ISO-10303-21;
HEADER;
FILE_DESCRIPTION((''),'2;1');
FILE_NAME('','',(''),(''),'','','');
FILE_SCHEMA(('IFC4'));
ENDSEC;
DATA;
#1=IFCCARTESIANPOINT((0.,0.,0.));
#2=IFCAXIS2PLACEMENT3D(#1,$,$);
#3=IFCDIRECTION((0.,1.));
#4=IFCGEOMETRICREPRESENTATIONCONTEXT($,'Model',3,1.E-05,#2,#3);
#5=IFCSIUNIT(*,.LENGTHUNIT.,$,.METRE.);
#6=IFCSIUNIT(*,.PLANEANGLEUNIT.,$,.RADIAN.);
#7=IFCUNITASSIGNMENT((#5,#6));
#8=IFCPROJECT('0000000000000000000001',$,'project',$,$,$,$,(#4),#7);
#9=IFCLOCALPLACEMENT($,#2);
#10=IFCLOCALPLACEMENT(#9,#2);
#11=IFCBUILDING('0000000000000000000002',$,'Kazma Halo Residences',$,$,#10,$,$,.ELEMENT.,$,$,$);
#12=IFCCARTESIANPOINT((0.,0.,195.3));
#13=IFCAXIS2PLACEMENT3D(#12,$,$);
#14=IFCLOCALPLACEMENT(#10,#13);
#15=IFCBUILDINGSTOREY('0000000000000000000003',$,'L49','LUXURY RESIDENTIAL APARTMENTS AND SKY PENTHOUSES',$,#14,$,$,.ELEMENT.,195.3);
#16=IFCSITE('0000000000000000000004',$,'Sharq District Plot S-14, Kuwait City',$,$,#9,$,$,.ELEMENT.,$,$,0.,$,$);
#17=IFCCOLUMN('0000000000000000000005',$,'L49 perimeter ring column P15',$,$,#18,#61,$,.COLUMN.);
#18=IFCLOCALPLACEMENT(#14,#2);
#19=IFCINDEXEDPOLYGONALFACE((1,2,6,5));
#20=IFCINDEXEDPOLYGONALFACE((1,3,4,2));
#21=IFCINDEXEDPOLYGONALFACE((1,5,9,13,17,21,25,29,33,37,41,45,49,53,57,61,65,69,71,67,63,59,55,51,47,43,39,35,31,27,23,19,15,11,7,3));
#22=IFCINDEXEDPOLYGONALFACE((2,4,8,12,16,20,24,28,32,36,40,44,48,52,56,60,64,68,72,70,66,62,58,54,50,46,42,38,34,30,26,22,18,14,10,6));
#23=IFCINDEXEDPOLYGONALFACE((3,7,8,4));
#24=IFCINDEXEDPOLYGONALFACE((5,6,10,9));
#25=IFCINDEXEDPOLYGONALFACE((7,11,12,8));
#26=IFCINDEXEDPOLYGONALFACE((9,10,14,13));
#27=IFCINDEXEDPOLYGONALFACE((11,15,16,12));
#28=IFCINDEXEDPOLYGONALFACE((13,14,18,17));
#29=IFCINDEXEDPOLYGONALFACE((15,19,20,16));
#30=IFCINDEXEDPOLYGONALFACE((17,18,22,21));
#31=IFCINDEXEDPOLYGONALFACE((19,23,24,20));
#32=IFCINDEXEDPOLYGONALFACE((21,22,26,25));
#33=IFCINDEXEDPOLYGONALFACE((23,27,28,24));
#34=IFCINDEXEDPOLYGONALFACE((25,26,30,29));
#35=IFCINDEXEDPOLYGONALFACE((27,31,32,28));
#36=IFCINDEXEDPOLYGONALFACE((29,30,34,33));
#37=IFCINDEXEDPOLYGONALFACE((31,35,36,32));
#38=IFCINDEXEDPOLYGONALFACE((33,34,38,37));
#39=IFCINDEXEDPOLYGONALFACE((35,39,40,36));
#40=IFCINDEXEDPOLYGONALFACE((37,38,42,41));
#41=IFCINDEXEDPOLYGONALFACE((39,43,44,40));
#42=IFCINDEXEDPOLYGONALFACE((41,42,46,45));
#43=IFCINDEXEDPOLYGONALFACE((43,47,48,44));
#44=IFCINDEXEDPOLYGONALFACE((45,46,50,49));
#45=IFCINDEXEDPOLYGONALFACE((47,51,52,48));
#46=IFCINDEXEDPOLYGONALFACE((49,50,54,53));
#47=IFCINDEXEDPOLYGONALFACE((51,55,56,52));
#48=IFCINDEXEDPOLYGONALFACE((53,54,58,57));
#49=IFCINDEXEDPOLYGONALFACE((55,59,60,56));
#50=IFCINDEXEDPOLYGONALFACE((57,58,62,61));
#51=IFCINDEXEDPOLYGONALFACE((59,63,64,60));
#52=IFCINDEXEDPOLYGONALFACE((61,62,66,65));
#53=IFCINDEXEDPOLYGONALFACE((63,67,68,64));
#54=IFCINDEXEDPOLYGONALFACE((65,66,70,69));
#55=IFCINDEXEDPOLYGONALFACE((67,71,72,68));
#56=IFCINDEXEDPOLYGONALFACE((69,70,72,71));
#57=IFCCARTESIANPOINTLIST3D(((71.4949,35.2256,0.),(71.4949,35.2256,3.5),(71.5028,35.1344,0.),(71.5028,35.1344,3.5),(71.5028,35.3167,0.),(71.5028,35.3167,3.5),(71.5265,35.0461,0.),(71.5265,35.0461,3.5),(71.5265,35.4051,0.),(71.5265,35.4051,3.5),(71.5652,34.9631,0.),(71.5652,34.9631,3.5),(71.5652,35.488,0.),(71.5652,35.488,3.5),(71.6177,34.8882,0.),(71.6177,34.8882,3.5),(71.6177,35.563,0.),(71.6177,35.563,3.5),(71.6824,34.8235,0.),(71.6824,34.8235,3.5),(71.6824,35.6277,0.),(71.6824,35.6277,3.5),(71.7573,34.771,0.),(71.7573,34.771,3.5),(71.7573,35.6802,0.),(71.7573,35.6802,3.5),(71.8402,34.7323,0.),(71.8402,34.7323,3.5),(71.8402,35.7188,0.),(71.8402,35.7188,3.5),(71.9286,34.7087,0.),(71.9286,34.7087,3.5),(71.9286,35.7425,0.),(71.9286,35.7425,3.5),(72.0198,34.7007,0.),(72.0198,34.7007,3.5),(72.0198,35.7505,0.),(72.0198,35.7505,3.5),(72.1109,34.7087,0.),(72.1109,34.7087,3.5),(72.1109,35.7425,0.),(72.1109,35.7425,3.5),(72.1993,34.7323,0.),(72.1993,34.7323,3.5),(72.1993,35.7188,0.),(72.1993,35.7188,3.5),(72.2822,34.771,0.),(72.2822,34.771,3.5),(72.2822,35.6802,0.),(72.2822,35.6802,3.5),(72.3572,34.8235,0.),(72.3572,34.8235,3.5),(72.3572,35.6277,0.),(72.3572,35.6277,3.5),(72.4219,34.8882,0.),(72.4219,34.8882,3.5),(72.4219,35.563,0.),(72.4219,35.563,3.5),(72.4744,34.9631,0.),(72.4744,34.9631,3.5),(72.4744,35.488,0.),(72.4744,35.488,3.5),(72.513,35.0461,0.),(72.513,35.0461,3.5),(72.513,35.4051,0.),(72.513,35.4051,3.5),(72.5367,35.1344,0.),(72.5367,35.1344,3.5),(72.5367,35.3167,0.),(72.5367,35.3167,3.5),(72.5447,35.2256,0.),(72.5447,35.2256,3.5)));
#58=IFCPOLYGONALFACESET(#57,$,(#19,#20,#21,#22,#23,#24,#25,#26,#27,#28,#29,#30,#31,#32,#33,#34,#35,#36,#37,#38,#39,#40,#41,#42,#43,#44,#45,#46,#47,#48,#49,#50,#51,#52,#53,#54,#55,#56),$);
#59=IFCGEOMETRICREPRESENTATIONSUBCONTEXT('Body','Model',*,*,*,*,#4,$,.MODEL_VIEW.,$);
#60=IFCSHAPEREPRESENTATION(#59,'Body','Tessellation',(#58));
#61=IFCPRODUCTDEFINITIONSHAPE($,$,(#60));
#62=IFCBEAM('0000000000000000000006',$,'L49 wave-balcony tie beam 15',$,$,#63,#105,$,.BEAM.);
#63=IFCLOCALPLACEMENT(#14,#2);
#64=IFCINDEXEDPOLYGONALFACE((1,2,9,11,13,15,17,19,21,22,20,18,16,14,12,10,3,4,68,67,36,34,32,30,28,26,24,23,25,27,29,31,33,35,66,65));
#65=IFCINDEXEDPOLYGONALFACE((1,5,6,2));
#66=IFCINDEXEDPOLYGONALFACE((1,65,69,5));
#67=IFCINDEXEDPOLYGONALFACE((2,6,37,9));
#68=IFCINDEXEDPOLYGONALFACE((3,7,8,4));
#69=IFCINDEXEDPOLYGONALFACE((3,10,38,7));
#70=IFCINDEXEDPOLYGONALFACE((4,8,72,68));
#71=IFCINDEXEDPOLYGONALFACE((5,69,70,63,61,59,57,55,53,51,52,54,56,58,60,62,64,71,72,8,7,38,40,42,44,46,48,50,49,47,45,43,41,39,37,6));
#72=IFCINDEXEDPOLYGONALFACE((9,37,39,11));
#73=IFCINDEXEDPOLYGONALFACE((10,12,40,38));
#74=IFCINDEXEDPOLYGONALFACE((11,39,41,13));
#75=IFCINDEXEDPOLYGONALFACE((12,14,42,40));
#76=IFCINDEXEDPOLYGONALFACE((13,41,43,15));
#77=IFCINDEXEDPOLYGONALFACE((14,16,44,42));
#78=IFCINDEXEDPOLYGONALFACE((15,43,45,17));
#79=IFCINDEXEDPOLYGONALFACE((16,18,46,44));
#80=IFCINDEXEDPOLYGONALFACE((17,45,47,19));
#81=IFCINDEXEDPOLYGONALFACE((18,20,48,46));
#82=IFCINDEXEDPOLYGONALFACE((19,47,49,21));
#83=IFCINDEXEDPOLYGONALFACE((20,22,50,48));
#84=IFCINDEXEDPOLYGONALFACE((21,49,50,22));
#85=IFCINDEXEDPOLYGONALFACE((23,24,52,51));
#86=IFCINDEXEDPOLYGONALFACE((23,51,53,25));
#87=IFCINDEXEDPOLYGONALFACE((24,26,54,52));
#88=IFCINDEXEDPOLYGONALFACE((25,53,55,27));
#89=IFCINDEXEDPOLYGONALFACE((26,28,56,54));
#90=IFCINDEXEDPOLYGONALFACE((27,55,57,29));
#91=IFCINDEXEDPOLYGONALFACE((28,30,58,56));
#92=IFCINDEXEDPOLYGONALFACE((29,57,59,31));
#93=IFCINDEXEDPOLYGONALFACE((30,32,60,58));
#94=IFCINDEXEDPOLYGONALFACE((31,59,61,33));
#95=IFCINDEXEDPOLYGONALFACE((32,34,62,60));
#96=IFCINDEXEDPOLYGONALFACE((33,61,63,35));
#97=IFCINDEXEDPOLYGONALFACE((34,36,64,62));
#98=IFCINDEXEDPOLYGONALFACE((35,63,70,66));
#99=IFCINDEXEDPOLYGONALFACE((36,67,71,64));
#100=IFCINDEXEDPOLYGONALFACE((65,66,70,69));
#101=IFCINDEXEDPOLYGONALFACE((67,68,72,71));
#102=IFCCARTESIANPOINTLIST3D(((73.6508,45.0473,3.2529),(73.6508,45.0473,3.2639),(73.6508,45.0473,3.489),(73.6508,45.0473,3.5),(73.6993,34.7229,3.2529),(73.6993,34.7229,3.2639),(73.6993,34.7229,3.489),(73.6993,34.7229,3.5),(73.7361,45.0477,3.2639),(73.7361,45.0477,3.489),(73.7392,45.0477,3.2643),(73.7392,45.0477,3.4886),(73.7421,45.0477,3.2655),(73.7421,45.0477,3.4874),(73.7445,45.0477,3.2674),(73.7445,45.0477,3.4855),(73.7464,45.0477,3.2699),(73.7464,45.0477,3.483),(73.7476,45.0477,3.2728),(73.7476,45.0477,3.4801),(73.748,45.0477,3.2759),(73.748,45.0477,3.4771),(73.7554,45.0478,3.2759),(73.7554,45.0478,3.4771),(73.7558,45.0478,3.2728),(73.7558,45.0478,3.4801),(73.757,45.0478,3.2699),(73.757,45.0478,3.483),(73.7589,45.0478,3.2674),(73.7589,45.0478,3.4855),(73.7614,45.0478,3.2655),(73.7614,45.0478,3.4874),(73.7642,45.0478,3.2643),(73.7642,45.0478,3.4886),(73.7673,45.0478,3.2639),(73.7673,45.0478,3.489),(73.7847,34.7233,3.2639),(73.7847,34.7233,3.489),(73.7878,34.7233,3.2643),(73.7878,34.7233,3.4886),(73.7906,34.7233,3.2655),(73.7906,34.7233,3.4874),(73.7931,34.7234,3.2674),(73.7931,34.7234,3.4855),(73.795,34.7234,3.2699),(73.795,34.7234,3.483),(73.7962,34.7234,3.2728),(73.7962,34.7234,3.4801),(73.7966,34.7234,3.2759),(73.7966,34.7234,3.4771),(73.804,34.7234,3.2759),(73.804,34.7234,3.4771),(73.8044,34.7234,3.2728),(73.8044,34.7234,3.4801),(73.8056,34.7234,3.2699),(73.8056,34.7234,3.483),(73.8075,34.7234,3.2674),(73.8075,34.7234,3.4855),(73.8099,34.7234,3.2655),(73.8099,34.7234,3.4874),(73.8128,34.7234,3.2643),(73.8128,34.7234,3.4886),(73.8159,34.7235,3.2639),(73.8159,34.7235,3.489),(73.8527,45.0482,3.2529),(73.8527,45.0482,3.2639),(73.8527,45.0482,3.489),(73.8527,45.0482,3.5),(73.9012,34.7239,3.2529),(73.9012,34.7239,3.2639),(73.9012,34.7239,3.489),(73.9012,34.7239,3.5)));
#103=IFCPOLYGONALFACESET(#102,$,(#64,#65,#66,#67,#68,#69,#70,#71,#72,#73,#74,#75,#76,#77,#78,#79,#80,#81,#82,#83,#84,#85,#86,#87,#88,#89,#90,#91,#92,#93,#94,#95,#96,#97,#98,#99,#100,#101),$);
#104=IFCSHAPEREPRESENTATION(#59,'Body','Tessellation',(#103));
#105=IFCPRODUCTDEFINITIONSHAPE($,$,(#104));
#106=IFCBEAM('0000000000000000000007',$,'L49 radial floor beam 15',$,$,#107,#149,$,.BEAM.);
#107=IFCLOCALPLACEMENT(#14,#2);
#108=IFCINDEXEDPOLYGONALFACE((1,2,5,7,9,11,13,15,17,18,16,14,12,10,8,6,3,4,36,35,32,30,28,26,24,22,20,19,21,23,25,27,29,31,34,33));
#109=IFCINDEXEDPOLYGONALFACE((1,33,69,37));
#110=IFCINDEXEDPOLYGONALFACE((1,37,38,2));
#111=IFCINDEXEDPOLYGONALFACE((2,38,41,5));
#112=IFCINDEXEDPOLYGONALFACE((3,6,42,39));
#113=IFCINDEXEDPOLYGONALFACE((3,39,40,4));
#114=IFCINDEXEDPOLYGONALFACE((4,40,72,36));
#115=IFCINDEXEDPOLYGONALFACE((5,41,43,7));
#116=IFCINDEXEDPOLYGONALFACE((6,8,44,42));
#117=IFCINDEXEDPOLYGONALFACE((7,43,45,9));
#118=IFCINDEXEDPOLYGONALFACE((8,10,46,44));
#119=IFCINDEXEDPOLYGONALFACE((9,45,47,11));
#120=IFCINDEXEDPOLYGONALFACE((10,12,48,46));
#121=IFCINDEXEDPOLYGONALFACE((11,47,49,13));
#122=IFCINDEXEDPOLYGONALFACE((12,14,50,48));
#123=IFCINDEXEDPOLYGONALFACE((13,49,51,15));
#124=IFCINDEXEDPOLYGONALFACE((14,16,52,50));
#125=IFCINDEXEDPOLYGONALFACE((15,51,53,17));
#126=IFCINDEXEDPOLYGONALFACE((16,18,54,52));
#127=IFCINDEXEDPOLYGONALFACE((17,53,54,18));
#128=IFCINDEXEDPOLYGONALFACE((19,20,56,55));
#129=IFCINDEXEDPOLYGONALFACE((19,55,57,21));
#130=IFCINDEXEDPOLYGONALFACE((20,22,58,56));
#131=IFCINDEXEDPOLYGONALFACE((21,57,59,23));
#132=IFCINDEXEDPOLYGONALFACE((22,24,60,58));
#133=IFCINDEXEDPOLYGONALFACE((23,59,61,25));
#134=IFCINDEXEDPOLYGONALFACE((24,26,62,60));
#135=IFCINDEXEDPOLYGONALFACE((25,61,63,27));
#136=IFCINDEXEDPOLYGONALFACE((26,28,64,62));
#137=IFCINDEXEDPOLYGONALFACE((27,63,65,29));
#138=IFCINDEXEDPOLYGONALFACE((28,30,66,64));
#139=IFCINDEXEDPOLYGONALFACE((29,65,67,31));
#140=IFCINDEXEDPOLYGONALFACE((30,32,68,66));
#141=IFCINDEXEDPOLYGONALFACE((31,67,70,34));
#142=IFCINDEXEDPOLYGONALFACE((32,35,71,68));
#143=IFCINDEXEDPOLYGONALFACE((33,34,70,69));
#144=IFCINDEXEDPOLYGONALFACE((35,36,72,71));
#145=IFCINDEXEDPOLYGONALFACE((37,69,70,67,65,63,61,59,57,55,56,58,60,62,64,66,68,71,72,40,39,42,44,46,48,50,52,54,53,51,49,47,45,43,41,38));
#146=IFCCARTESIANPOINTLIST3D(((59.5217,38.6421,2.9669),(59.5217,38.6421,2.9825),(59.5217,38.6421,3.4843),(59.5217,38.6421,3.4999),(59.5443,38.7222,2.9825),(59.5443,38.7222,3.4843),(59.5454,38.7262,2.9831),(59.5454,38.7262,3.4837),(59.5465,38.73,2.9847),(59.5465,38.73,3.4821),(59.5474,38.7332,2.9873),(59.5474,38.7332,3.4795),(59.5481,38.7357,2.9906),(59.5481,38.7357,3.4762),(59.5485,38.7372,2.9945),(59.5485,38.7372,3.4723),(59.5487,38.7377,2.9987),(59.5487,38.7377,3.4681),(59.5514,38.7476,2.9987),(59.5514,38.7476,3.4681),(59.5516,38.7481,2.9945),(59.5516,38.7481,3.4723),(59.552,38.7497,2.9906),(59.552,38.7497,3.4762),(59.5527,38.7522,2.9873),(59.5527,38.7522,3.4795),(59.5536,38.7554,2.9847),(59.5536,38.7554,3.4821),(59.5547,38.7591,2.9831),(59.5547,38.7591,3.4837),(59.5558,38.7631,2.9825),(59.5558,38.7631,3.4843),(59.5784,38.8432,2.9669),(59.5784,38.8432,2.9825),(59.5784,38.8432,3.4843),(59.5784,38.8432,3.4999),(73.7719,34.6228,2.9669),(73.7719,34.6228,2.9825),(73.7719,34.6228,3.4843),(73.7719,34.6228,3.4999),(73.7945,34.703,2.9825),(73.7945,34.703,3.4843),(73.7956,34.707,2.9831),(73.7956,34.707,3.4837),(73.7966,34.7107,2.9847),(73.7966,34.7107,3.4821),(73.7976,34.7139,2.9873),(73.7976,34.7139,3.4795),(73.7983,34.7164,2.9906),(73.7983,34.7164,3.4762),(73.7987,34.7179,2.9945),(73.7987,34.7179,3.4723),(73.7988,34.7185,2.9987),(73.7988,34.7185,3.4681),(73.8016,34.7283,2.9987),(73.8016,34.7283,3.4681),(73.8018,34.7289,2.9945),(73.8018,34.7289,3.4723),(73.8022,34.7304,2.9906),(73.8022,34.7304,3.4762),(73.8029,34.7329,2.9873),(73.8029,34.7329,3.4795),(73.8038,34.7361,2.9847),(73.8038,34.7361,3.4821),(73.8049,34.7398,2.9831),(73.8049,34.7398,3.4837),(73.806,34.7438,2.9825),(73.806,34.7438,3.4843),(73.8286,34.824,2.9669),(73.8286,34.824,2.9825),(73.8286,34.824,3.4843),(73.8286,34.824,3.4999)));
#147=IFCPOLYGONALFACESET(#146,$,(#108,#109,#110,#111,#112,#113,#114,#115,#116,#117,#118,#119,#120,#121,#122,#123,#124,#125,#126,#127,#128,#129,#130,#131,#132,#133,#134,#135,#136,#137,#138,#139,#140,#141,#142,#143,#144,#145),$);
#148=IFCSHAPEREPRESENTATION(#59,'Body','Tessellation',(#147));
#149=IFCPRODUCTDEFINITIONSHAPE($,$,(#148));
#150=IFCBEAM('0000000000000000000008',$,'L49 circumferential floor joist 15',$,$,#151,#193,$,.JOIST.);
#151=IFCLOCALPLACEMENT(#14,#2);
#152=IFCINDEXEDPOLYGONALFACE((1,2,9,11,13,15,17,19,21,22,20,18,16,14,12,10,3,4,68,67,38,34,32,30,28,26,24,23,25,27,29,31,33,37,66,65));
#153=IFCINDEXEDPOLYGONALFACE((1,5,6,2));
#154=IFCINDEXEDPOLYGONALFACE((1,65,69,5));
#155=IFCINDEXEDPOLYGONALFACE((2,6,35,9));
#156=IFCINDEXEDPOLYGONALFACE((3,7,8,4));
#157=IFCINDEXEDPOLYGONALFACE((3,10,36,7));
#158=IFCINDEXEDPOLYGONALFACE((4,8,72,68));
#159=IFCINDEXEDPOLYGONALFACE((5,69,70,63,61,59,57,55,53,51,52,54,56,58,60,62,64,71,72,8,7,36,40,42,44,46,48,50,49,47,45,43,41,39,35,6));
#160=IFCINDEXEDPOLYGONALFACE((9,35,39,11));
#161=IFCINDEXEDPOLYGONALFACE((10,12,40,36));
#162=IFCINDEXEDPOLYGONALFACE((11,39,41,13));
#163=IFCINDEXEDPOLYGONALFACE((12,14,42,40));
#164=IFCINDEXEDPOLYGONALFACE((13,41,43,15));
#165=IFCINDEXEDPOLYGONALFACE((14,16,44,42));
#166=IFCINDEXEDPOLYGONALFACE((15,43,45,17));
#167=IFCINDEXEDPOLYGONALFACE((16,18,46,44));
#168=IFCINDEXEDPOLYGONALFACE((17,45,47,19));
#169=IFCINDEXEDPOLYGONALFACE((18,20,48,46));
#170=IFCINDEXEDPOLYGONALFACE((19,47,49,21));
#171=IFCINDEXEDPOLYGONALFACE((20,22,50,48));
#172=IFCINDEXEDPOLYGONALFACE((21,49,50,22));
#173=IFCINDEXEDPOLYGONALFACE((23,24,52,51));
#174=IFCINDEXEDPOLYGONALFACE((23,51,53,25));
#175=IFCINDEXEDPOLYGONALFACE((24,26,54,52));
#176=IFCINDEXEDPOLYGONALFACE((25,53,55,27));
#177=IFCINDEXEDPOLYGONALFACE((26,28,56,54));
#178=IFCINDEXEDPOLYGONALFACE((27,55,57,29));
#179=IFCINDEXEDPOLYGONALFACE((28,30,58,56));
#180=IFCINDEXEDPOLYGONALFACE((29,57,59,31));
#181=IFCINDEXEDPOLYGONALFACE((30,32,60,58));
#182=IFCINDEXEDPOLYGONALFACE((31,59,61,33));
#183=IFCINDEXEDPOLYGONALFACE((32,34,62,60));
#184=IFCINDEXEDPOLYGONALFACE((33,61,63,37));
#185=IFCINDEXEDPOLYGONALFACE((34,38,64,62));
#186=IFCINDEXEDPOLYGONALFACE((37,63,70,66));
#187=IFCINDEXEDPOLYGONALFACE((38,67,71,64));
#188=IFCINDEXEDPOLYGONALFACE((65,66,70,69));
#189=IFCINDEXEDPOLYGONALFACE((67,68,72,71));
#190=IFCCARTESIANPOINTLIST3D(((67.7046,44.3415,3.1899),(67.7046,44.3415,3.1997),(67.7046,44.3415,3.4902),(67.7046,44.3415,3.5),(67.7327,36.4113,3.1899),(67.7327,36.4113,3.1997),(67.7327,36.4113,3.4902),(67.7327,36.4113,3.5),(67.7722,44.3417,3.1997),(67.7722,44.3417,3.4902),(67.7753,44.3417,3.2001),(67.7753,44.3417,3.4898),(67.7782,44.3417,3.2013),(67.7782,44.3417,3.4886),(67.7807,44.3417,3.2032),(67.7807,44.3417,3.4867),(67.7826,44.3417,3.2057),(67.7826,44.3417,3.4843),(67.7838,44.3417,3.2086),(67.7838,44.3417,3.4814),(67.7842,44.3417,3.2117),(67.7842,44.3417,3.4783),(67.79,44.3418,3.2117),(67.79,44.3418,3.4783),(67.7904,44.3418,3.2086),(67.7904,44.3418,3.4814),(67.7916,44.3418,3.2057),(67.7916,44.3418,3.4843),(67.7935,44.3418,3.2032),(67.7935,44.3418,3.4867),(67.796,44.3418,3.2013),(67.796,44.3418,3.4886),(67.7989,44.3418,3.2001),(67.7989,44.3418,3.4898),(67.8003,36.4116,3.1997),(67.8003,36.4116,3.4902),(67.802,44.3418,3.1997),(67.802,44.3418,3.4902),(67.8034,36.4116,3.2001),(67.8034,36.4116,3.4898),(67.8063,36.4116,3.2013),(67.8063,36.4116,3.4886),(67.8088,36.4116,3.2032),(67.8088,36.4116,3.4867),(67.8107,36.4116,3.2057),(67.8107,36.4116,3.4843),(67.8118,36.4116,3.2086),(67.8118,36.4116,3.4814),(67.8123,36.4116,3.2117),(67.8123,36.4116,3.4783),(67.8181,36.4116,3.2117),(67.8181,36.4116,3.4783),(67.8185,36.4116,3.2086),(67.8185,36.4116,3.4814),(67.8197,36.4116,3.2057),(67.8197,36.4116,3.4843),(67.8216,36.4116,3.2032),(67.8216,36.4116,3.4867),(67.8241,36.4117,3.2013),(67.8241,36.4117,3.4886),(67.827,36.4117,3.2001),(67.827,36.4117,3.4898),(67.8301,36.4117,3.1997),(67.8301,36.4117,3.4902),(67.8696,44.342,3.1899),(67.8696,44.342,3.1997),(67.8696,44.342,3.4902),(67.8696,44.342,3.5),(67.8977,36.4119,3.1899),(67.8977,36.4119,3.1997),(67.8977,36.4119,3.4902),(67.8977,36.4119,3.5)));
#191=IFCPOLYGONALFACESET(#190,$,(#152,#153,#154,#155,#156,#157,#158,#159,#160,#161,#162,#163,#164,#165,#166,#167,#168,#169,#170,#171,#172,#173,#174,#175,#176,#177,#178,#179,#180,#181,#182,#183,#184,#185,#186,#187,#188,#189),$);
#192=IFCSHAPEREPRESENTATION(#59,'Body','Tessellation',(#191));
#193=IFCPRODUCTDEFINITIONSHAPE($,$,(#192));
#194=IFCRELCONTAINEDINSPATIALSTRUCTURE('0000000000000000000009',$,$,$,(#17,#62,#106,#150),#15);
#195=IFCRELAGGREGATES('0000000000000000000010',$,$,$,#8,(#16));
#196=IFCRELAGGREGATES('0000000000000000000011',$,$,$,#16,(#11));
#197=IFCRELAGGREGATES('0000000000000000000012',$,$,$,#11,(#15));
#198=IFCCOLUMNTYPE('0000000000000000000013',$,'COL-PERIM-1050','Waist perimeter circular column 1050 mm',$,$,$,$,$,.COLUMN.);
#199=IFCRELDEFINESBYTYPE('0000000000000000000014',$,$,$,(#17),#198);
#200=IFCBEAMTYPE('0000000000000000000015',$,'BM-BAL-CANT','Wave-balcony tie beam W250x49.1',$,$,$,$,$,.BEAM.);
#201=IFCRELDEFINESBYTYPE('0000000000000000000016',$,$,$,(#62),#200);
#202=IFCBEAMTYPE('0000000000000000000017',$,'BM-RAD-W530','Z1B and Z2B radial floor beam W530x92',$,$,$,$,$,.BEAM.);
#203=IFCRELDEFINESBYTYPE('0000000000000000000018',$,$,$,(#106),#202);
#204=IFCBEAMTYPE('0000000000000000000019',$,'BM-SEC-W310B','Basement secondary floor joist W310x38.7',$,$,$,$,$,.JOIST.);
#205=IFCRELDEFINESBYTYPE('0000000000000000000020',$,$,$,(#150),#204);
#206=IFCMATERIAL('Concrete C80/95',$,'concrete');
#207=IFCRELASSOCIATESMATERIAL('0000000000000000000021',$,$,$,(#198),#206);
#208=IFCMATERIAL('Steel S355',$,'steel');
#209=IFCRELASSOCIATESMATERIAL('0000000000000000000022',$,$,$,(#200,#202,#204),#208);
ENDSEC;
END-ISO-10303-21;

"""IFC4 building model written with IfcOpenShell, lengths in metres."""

from ifc_helpers import new_model, si_unit, direction, frame, origin, origin_2d, place, context, subcontext, project, spatial, circle, i_section, extrude, material, material_profile, profile_set, type_object, element, save


model = new_model("IFC4")

# Units and contexts
model_context = context("Model", 3, precision=1e-05, world=origin(), true_north=direction((0.0, 1.0)))
body_context = subcontext(model_context, "Body", "Model", "MODEL_VIEW")
ifc_project = project(units=[si_unit("LENGTHUNIT", "METRE"), si_unit("PLANEANGLEUNIT", "RADIAN")], contexts=[model_context])

# Site, building, storey
site_placement = place(None, origin())
site = spatial("IfcSite", under=ifc_project, at=site_placement, Name="Sharq District Plot S-14, Kuwait City", CompositionType="ELEMENT", RefElevation=0.0)
building_placement = place(site_placement, origin())
building = spatial("IfcBuilding", under=site, at=building_placement, Name="Kazma Halo Residences", CompositionType="ELEMENT")
storey_placement = place(building_placement, frame((0.0, 0.0, 195.3)))
storey = spatial("IfcBuildingStorey", under=building, at=storey_placement, Name="L49", Description="LUXURY RESIDENTIAL APARTMENTS AND SKY PENTHOUSES", CompositionType="ELEMENT", Elevation=195.3)

# Column
ifc_material_1 = material(Name="Concrete C80/95", Category="concrete")
ifc_material_profile_1 = material_profile(ifc_material_1, circle(Radius=0.5249, at=origin_2d()), Name="CIRC1050")
ifc_profile_set_1 = profile_set([ifc_material_profile_1], Name="Concrete C80/95")
column_type = type_object("IfcColumnType", Name="COL-PERIM-1050", Description="Waist perimeter circular column 1050 mm", PredefinedType="COLUMN", material=ifc_profile_set_1)
column_placement = place(storey_placement, frame((72.0198, 35.2256, 0.0), z_axis=(0.0, 0.0, 1.0), x_axis=(1.0, 0.0, 0.0)))
element("IfcColumn", 1, at=column_placement, inside=storey, type_object=column_type, Name="L49 perimeter ring column P15", PredefinedType="COLUMN", context=body_context, shape_type="SweptSolid", body=[
    extrude(circle(Radius=0.5249, at=origin_2d()), origin(), (0.0, 0.0, 1.0), 3.5),
])

# Beams
ifc_material_2 = material(Name="Steel S355", Category="steel")
ifc_material_profile_2 = material_profile(ifc_material_2, i_section(OverallWidth=0.2019, OverallDepth=0.2471, WebThickness=0.0073, FlangeThickness=0.011, FilletRadius=0.012, at=origin_2d()), Name="W250x49.1")
ifc_profile_set_2 = profile_set([ifc_material_profile_2], Name="Steel S355")
beam_type_1 = type_object("IfcBeamType", Name="BM-BAL-CANT", Description="Wave-balcony tie beam W250x49.1", PredefinedType="BEAM", material=ifc_profile_set_2)
beam_1_placement = place(storey_placement, frame((73.8003, 34.7234, 3.3765), z_axis=(-0.004706, 0.999989, 0.0), x_axis=(-0.999989, -0.004706, 0.0)))
element("IfcBeam", 2, at=beam_1_placement, inside=storey, type_object=beam_type_1, Name="L49 wave-balcony tie beam 15", PredefinedType="BEAM", context=body_context, shape_type="SweptSolid", body=[
    extrude(i_section(OverallWidth=0.2019, OverallDepth=0.2471, WebThickness=0.0073, FlangeThickness=0.011, FilletRadius=0.012, at=origin_2d()), origin(), (0.0, 0.0, 1.0), 10.3245),
])
ifc_material_profile_3 = material_profile(ifc_material_2, i_section(OverallWidth=0.209, OverallDepth=0.533, WebThickness=0.0103, FlangeThickness=0.0156, FilletRadius=0.0161, at=origin_2d()), Name="W530x92")
ifc_profile_set_3 = profile_set([ifc_material_profile_3], Name="Steel S355")
beam_type_2 = type_object("IfcBeamType", Name="BM-RAD-W530", Description="Z1B and Z2B radial floor beam W530x92", PredefinedType="BEAM", material=ifc_profile_set_3)
beam_2_placement = place(storey_placement, frame((59.55, 38.7427, 3.2334), z_axis=(0.96245, -0.271459, 0.0), x_axis=(0.271459, 0.96245, 0.0)))
element("IfcBeam", 3, at=beam_2_placement, inside=storey, type_object=beam_type_2, Name="L49 radial floor beam 15", PredefinedType="BEAM", context=body_context, shape_type="SweptSolid", body=[
    extrude(i_section(OverallWidth=0.209, OverallDepth=0.533, WebThickness=0.0103, FlangeThickness=0.0156, FilletRadius=0.0161, at=origin_2d()), origin(), (0.0, 0.0, 1.0), 14.8062),
])
ifc_material_profile_4 = material_profile(ifc_material_2, i_section(OverallWidth=0.165, OverallDepth=0.3101, WebThickness=0.0059, FlangeThickness=0.0098, FilletRadius=0.012, at=origin_2d()), Name="W310x38.7")
ifc_profile_set_4 = profile_set([ifc_material_profile_4], Name="Steel S355")
beam_type_3 = type_object("IfcBeamType", Name="BM-SEC-W310B", Description="Basement secondary floor joist W310x38.7", PredefinedType="JOIST", material=ifc_profile_set_4)
beam_3_placement = place(storey_placement, frame((67.8152, 36.4116, 3.345), z_axis=(-0.00354, 0.999994, 0.0), x_axis=(-0.999994, -0.00354, 0.0)))
element("IfcBeam", 4, at=beam_3_placement, inside=storey, type_object=beam_type_3, Name="L49 circumferential floor joist 15", PredefinedType="JOIST", context=body_context, shape_type="SweptSolid", body=[
    extrude(i_section(OverallWidth=0.165, OverallDepth=0.3101, WebThickness=0.0059, FlangeThickness=0.0098, FilletRadius=0.012, at=origin_2d()), origin(), (0.0, 0.0, 1.0), 7.9302),
])

save(model, "model.ifc")
